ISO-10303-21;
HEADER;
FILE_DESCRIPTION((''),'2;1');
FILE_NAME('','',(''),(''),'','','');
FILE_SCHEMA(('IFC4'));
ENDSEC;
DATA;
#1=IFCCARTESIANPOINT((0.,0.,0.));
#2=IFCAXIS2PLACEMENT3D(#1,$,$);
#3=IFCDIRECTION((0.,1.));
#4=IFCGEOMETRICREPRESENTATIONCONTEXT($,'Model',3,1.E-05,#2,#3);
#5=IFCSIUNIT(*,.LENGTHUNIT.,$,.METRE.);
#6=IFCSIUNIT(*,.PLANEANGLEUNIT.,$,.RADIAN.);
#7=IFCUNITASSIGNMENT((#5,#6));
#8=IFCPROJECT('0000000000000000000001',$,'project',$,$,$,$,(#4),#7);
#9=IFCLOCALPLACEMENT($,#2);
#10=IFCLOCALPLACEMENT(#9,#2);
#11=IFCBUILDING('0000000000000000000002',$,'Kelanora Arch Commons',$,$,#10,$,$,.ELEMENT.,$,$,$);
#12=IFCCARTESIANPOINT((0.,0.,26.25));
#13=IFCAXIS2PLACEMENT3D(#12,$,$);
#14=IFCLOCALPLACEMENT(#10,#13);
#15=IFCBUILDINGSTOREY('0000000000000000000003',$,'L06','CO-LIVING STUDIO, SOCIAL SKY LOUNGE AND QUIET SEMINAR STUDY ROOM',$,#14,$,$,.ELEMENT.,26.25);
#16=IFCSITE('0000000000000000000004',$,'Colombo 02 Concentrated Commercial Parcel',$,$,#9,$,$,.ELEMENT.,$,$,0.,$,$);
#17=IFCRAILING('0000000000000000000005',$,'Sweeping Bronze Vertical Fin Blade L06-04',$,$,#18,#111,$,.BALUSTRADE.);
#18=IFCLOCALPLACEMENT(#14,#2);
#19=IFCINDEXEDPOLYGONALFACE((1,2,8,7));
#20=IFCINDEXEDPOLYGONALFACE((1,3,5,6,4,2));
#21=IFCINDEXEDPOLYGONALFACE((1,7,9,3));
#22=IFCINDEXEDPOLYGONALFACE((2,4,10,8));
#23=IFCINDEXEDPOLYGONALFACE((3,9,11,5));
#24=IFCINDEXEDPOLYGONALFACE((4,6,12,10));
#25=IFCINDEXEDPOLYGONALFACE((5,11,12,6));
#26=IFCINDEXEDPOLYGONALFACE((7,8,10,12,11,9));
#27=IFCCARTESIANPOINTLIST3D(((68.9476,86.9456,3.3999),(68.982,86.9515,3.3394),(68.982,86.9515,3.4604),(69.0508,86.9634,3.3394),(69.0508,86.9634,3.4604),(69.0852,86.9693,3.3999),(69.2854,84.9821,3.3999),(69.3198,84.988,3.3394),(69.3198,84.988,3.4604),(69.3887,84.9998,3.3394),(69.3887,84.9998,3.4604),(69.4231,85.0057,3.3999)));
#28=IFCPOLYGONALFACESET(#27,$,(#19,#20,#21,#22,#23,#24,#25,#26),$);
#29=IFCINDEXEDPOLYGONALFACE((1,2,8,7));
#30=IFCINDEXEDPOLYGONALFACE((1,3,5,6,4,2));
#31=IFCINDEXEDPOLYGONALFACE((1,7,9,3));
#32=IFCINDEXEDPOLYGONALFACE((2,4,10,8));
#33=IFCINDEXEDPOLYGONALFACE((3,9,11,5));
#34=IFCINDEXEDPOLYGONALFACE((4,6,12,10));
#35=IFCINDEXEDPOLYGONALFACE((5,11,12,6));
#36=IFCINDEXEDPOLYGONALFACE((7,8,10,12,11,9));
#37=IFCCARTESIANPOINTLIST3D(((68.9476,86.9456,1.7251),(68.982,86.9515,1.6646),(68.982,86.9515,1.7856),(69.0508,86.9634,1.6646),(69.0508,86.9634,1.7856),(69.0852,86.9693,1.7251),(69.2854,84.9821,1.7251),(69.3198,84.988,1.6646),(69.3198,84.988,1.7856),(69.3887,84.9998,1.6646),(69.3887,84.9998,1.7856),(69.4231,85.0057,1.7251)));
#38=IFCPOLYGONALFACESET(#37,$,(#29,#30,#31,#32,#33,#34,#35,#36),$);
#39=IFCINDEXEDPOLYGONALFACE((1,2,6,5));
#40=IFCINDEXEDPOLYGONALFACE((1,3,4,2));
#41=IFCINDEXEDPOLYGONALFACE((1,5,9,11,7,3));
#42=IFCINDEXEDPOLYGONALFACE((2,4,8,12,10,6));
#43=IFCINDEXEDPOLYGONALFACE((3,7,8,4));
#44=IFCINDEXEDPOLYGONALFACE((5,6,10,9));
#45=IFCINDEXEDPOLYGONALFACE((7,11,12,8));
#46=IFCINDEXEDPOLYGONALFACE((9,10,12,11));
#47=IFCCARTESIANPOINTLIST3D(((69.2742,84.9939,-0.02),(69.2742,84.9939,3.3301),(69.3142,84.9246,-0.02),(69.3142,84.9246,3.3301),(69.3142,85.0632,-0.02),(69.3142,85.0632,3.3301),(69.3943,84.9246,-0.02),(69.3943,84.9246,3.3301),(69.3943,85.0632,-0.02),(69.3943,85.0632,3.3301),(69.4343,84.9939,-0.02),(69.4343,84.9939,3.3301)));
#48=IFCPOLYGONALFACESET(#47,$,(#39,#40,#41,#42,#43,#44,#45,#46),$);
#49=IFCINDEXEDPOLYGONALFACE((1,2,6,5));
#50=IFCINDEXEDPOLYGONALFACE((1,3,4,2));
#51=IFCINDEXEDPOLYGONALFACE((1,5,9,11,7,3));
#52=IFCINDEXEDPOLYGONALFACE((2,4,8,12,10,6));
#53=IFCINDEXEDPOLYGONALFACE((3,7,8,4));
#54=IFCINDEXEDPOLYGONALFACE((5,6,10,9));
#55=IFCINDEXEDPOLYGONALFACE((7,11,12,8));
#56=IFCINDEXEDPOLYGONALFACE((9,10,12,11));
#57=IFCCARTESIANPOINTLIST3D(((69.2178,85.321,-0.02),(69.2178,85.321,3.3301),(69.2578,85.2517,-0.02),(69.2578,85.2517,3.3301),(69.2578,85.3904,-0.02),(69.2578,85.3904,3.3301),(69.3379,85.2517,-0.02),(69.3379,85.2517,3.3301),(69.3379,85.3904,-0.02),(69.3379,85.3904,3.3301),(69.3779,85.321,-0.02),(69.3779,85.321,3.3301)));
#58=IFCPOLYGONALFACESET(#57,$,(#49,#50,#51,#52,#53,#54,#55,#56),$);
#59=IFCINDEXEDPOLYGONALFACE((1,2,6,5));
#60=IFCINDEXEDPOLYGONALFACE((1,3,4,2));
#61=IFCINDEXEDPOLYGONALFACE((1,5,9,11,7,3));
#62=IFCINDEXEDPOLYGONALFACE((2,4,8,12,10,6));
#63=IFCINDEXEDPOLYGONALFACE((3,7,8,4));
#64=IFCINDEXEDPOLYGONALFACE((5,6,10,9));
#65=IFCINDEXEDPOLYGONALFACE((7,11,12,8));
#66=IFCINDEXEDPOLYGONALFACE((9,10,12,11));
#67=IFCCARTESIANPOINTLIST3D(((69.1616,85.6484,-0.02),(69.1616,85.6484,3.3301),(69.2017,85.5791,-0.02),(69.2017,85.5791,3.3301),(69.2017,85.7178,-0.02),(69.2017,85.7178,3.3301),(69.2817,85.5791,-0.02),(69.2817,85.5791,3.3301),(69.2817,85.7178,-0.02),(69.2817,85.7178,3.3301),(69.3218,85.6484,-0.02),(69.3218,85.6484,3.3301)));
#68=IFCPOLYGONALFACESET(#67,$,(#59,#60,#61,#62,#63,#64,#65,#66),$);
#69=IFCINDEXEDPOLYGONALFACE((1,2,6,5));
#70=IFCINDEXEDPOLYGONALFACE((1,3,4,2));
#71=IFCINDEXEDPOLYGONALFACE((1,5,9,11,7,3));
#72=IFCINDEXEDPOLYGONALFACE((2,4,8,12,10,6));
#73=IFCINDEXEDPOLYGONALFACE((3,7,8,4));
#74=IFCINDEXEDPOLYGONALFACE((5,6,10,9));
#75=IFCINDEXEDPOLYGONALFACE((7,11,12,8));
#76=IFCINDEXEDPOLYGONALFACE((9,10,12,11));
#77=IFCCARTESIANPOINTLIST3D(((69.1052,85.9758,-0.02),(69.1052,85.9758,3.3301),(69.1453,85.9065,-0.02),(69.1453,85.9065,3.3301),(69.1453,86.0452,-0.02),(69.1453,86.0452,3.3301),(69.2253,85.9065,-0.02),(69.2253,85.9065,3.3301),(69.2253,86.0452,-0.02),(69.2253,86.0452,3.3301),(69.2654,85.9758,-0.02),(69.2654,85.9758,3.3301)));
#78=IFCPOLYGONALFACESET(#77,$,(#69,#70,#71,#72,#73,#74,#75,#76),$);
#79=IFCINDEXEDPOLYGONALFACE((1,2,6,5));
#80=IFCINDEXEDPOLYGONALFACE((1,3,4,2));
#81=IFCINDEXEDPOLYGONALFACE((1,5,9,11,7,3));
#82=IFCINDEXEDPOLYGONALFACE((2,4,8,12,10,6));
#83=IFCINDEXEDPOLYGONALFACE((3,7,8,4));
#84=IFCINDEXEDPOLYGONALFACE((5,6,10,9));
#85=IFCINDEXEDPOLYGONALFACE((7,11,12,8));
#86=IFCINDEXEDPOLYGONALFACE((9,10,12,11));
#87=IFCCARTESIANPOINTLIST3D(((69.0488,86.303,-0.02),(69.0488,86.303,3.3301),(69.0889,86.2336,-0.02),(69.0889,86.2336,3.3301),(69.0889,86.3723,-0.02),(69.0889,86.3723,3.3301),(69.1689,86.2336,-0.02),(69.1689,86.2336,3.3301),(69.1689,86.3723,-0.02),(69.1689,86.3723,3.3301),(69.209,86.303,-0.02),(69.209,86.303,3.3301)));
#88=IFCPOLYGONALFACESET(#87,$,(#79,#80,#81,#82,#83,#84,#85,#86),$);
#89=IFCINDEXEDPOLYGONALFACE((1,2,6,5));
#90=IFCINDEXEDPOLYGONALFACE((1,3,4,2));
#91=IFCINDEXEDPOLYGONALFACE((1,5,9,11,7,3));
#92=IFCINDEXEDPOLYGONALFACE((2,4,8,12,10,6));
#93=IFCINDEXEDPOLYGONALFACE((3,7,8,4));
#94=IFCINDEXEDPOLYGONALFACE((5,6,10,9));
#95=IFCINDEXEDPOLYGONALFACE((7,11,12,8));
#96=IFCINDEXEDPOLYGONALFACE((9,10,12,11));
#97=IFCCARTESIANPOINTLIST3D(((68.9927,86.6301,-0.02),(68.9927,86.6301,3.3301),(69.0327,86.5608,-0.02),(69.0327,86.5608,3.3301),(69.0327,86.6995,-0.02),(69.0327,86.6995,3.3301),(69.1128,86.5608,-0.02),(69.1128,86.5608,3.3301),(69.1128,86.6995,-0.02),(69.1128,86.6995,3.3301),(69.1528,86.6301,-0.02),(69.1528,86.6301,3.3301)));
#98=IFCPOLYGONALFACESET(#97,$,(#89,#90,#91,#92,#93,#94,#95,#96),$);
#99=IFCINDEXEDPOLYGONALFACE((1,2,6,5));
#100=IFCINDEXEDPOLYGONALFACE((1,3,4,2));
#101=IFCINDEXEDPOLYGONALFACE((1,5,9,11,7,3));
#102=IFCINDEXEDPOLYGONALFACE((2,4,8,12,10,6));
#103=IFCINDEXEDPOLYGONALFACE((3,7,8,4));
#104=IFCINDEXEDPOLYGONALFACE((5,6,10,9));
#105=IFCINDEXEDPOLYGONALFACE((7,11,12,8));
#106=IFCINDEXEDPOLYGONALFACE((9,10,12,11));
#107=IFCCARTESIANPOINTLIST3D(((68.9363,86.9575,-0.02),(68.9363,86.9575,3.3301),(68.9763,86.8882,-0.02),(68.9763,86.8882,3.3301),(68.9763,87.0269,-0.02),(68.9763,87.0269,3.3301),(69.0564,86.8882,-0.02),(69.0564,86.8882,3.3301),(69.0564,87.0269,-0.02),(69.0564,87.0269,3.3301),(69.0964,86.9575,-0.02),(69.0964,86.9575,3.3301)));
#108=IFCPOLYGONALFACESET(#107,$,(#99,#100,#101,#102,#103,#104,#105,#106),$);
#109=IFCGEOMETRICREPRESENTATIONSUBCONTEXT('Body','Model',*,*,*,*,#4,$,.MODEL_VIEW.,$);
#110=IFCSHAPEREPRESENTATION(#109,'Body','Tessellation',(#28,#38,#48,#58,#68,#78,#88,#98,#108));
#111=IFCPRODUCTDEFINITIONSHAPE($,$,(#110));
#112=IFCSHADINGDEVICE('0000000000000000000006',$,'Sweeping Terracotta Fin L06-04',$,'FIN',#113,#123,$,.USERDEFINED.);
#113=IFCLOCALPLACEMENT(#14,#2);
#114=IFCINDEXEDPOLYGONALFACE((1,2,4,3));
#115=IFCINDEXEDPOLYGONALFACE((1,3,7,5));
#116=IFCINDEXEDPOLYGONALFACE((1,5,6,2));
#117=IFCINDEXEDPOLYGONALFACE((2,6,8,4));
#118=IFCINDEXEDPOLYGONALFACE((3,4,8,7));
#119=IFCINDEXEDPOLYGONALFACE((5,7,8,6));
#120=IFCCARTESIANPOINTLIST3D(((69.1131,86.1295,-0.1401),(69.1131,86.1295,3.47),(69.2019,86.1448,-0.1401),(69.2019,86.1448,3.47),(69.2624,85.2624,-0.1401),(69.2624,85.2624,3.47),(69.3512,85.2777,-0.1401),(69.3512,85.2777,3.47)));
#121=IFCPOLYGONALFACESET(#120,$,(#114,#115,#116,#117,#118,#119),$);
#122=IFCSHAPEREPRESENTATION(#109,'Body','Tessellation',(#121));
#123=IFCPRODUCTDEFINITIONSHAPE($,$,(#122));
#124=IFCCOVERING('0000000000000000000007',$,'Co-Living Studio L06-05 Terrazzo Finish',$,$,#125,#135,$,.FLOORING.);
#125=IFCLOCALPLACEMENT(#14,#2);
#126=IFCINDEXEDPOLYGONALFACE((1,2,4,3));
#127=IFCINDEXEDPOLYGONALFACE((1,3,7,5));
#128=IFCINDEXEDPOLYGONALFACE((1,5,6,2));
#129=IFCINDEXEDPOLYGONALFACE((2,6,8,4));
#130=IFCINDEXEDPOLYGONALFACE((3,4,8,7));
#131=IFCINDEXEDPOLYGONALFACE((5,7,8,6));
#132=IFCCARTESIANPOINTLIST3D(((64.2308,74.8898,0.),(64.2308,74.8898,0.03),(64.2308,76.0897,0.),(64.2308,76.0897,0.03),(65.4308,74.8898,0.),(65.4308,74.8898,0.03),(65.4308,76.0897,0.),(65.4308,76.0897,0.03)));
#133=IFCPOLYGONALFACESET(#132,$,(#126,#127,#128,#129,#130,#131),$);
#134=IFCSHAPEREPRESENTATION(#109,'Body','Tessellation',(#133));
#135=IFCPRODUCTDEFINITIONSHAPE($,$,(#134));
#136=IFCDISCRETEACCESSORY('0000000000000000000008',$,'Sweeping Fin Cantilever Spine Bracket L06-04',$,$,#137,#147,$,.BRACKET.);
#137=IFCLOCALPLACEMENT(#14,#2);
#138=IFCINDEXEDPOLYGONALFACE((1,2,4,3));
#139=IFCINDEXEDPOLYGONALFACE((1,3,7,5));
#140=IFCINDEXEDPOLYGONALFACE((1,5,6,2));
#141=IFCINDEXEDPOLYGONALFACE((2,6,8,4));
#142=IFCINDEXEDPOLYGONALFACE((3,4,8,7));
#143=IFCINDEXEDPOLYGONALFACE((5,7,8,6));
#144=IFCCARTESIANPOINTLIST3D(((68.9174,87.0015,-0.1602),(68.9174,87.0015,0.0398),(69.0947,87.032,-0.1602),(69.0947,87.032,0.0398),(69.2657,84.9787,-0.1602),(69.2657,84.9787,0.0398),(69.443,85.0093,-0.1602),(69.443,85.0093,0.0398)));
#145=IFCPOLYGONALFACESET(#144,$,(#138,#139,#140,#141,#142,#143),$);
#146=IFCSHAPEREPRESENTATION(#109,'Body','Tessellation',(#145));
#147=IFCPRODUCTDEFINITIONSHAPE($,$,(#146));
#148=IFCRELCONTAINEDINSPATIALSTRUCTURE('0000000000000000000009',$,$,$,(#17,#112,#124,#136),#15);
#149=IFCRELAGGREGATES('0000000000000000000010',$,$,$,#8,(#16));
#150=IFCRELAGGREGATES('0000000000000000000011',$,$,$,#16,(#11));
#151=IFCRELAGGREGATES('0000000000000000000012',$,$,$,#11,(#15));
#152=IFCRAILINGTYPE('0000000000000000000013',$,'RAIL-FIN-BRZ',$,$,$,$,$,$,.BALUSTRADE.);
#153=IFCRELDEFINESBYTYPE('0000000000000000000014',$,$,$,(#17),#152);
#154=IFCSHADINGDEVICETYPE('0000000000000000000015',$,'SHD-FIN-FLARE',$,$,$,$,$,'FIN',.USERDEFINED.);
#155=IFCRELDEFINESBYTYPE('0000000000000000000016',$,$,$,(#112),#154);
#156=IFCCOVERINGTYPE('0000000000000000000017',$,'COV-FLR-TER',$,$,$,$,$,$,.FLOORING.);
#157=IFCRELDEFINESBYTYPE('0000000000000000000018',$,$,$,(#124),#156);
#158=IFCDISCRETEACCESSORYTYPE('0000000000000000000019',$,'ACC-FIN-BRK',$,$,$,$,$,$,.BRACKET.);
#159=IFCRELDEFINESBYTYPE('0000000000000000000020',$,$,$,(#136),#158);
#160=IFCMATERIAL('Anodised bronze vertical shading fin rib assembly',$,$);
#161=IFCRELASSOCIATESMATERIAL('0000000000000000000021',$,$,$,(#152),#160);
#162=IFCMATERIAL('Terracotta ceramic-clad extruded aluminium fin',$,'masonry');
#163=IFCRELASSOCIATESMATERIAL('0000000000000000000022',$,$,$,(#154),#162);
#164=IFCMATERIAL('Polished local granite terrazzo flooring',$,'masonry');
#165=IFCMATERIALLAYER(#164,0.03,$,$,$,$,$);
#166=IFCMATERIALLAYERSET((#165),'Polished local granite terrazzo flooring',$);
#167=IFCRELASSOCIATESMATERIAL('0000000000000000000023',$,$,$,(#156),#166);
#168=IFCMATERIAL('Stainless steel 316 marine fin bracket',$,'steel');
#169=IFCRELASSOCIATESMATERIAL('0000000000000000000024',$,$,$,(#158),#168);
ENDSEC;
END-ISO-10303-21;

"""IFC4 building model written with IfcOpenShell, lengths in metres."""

from ifc_helpers import new_model, si_unit, direction, frame, origin, origin_2d, place, context, subcontext, project, spatial, polyline, rectangle, outline, extrude, source, transform, mapped, material, layer, layer_set, type_object, element, save


model = new_model("IFC4")

# Units and contexts
model_context = context("Model", 3, precision=1e-05, world=origin(), true_north=direction((0.0, 1.0)))
body_context = subcontext(model_context, "Body", "Model", "MODEL_VIEW")
ifc_project = project(units=[si_unit("LENGTHUNIT", "METRE"), si_unit("PLANEANGLEUNIT", "RADIAN")], contexts=[model_context])

# Site, building, storey
site_placement = place(None, origin())
site = spatial("IfcSite", under=ifc_project, at=site_placement, Name="Colombo 02 Concentrated Commercial Parcel", CompositionType="ELEMENT", RefElevation=0.0)
building_placement = place(site_placement, origin())
building = spatial("IfcBuilding", under=site, at=building_placement, Name="Kelanora Arch Commons", CompositionType="ELEMENT")
storey_placement = place(building_placement, frame((0.0, 0.0, 26.25)))
storey = spatial("IfcBuildingStorey", under=building, at=storey_placement, Name="L06", Description="CO-LIVING STUDIO, SOCIAL SKY LOUNGE AND QUIET SEMINAR STUDY ROOM", CompositionType="ELEMENT", Elevation=26.25)

# Railing
ifc_material_1 = material(Name="Anodised bronze vertical shading fin rib assembly")
railing_type = type_object("IfcRailingType", Name="RAIL-FIN-BRZ", PredefinedType="BALUSTRADE", material=ifc_material_1)
railing_placement = place(storey_placement, frame((69.3542, 84.9939, -0.02)))
element("IfcRailing", 1, at=railing_placement, inside=storey, type_object=railing_type, Name="Sweeping Bronze Vertical Fin Blade L06-04", PredefinedType="BALUSTRADE", context=body_context, shape_type="SweptSolid", body=[
    extrude(outline(polyline([(0.0698, 0.0), (0.0349, 0.0605), (-0.0349, 0.0605), (-0.0698, 0.0), (-0.0349, -0.0605), (0.0349, -0.0605), (0.0698, 0.0)])), frame((0.0, 0.0, 3.4199), z_axis=(-0.169583, 0.985516, 0.0), x_axis=(-0.985516, -0.169583, 0.0)), (0.0, 0.0, 1.0), 1.9924),
    extrude(outline(polyline([(0.0698, 0.0), (0.0349, 0.0605), (-0.0349, 0.0605), (-0.0698, 0.0), (-0.0349, -0.0605), (0.0349, -0.0605), (0.0698, 0.0)])), frame((0.0, 0.0, 1.7451), z_axis=(-0.169583, 0.985516, 0.0), x_axis=(-0.985516, -0.169583, 0.0)), (0.0, 0.0, 1.0), 1.9924),
    extrude(outline(polyline([(0.0801, 0.0), (0.04, 0.0693), (-0.04, 0.0693), (-0.0801, 0.0), (-0.04, -0.0693), (0.04, -0.0693), (0.0801, 0.0)])), origin(), (0.0, 0.0, 1.0), 3.3501),
    extrude(outline(polyline([(0.0801, 0.0), (0.04, 0.0693), (-0.04, 0.0693), (-0.0801, 0.0), (-0.04, -0.0693), (0.04, -0.0693), (0.0801, 0.0)])), frame((-0.0564, 0.3271, 0.0)), (0.0, 0.0, 1.0), 3.3501),
    extrude(outline(polyline([(0.0801, 0.0), (0.04, 0.0693), (-0.04, 0.0693), (-0.0801, 0.0), (-0.04, -0.0693), (0.04, -0.0693), (0.0801, 0.0)])), frame((-0.1125, 0.6545, 0.0)), (0.0, 0.0, 1.0), 3.3501),
    extrude(outline(polyline([(0.0801, 0.0), (0.04, 0.0693), (-0.04, 0.0693), (-0.0801, 0.0), (-0.04, -0.0693), (0.04, -0.0693), (0.0801, 0.0)])), frame((-0.1689, 0.9819, 0.0)), (0.0, 0.0, 1.0), 3.3501),
    extrude(outline(polyline([(0.0801, 0.0), (0.04, 0.0693), (-0.04, 0.0693), (-0.0801, 0.0), (-0.04, -0.0693), (0.04, -0.0693), (0.0801, 0.0)])), frame((-0.2253, 1.3091, 0.0)), (0.0, 0.0, 1.0), 3.3501),
    extrude(outline(polyline([(0.0801, 0.0), (0.04, 0.0693), (-0.04, 0.0693), (-0.0801, 0.0), (-0.04, -0.0693), (0.04, -0.0693), (0.0801, 0.0)])), frame((-0.2815, 1.6362, 0.0)), (0.0, 0.0, 1.0), 3.3501),
    extrude(outline(polyline([(0.0801, 0.0), (0.04, 0.0693), (-0.04, 0.0693), (-0.0801, 0.0), (-0.04, -0.0693), (0.04, -0.0693), (0.0801, 0.0)])), frame((-0.3379, 1.9636, 0.0)), (0.0, 0.0, 1.0), 3.3501),
])

# Shading device
ifc_material_2 = material(Name="Terracotta ceramic-clad extruded aluminium fin", Category="masonry")
shading_device_type = type_object("IfcShadingDeviceType", Name="SHD-FIN-FLARE", ElementType="FIN", PredefinedType="USERDEFINED", material=ifc_material_2)
shared_shape_1 = source(origin(), body_context, "Body", "SweptSolid", [
    extrude(rectangle(XDim=0.8799, YDim=0.0901, at=origin_2d()), origin(), (0.0, 0.0, 1.0), 3.6101),
])
shading_device_placement = place(storey_placement, frame((69.2322, 85.7036, -0.1401), z_axis=(0.0, 0.0, 1.0), x_axis=(-0.169694, 0.985497, 0.0)))
element("IfcShadingDevice", 2, at=shading_device_placement, inside=storey, type_object=shading_device_type, Name="Sweeping Terracotta Fin L06-04", ObjectType="FIN", PredefinedType="USERDEFINED", context=body_context, shape_type="MappedRepresentation", body=[
    mapped(shared_shape_1, transform((0.0, 0.0, 0.0), scale=1.0)),
])

# Covering
ifc_material_3 = material(Name="Polished local granite terrazzo flooring", Category="masonry")
ifc_layer_1 = layer(ifc_material_3, 0.03)
ifc_layer_set_1 = layer_set([ifc_layer_1], Name="Polished local granite terrazzo flooring")
covering_type = type_object("IfcCoveringType", Name="COV-FLR-TER", PredefinedType="FLOORING", material=ifc_layer_set_1)
shared_shape_2 = source(origin(), body_context, "Body", "SweptSolid", [
    extrude(rectangle(XDim=1.2, YDim=1.2, at=origin_2d()), origin(), (0.0, 0.0, 1.0), 0.03),
])
covering_placement = place(storey_placement, frame((64.8308, 75.4897, 0.0), z_axis=(0.0, 0.0, 1.0), x_axis=(1.0, 0.0, 0.0)))
element("IfcCovering", 3, at=covering_placement, inside=storey, type_object=covering_type, Name="Co-Living Studio L06-05 Terrazzo Finish", PredefinedType="FLOORING", context=body_context, shape_type="MappedRepresentation", body=[
    mapped(shared_shape_2, transform((0.0, 0.0, 0.0), scale=1.0)),
])

# Discrete accessory
ifc_material_4 = material(Name="Stainless steel 316 marine fin bracket", Category="steel")
discrete_accessory_type = type_object("IfcDiscreteAccessoryType", Name="ACC-FIN-BRK", PredefinedType="BRACKET", material=ifc_material_4)
shared_shape_3 = source(origin(), body_context, "Body", "SweptSolid", [
    extrude(rectangle(XDim=2.0525, YDim=0.1799, at=origin_2d()), origin(), (0.0, 0.0, 1.0), 0.2),
])
discrete_accessory_placement = place(storey_placement, frame((69.1802, 86.0054, -0.1602), z_axis=(0.0, 0.0, 1.0), x_axis=(-0.169694, 0.985497, 0.0)))
element("IfcDiscreteAccessory", 4, at=discrete_accessory_placement, inside=storey, type_object=discrete_accessory_type, Name="Sweeping Fin Cantilever Spine Bracket L06-04", PredefinedType="BRACKET", context=body_context, shape_type="MappedRepresentation", body=[
    mapped(shared_shape_3, transform((0.0, 0.0, 0.0), scale=1.0)),
])

save(model, "model.ifc")
